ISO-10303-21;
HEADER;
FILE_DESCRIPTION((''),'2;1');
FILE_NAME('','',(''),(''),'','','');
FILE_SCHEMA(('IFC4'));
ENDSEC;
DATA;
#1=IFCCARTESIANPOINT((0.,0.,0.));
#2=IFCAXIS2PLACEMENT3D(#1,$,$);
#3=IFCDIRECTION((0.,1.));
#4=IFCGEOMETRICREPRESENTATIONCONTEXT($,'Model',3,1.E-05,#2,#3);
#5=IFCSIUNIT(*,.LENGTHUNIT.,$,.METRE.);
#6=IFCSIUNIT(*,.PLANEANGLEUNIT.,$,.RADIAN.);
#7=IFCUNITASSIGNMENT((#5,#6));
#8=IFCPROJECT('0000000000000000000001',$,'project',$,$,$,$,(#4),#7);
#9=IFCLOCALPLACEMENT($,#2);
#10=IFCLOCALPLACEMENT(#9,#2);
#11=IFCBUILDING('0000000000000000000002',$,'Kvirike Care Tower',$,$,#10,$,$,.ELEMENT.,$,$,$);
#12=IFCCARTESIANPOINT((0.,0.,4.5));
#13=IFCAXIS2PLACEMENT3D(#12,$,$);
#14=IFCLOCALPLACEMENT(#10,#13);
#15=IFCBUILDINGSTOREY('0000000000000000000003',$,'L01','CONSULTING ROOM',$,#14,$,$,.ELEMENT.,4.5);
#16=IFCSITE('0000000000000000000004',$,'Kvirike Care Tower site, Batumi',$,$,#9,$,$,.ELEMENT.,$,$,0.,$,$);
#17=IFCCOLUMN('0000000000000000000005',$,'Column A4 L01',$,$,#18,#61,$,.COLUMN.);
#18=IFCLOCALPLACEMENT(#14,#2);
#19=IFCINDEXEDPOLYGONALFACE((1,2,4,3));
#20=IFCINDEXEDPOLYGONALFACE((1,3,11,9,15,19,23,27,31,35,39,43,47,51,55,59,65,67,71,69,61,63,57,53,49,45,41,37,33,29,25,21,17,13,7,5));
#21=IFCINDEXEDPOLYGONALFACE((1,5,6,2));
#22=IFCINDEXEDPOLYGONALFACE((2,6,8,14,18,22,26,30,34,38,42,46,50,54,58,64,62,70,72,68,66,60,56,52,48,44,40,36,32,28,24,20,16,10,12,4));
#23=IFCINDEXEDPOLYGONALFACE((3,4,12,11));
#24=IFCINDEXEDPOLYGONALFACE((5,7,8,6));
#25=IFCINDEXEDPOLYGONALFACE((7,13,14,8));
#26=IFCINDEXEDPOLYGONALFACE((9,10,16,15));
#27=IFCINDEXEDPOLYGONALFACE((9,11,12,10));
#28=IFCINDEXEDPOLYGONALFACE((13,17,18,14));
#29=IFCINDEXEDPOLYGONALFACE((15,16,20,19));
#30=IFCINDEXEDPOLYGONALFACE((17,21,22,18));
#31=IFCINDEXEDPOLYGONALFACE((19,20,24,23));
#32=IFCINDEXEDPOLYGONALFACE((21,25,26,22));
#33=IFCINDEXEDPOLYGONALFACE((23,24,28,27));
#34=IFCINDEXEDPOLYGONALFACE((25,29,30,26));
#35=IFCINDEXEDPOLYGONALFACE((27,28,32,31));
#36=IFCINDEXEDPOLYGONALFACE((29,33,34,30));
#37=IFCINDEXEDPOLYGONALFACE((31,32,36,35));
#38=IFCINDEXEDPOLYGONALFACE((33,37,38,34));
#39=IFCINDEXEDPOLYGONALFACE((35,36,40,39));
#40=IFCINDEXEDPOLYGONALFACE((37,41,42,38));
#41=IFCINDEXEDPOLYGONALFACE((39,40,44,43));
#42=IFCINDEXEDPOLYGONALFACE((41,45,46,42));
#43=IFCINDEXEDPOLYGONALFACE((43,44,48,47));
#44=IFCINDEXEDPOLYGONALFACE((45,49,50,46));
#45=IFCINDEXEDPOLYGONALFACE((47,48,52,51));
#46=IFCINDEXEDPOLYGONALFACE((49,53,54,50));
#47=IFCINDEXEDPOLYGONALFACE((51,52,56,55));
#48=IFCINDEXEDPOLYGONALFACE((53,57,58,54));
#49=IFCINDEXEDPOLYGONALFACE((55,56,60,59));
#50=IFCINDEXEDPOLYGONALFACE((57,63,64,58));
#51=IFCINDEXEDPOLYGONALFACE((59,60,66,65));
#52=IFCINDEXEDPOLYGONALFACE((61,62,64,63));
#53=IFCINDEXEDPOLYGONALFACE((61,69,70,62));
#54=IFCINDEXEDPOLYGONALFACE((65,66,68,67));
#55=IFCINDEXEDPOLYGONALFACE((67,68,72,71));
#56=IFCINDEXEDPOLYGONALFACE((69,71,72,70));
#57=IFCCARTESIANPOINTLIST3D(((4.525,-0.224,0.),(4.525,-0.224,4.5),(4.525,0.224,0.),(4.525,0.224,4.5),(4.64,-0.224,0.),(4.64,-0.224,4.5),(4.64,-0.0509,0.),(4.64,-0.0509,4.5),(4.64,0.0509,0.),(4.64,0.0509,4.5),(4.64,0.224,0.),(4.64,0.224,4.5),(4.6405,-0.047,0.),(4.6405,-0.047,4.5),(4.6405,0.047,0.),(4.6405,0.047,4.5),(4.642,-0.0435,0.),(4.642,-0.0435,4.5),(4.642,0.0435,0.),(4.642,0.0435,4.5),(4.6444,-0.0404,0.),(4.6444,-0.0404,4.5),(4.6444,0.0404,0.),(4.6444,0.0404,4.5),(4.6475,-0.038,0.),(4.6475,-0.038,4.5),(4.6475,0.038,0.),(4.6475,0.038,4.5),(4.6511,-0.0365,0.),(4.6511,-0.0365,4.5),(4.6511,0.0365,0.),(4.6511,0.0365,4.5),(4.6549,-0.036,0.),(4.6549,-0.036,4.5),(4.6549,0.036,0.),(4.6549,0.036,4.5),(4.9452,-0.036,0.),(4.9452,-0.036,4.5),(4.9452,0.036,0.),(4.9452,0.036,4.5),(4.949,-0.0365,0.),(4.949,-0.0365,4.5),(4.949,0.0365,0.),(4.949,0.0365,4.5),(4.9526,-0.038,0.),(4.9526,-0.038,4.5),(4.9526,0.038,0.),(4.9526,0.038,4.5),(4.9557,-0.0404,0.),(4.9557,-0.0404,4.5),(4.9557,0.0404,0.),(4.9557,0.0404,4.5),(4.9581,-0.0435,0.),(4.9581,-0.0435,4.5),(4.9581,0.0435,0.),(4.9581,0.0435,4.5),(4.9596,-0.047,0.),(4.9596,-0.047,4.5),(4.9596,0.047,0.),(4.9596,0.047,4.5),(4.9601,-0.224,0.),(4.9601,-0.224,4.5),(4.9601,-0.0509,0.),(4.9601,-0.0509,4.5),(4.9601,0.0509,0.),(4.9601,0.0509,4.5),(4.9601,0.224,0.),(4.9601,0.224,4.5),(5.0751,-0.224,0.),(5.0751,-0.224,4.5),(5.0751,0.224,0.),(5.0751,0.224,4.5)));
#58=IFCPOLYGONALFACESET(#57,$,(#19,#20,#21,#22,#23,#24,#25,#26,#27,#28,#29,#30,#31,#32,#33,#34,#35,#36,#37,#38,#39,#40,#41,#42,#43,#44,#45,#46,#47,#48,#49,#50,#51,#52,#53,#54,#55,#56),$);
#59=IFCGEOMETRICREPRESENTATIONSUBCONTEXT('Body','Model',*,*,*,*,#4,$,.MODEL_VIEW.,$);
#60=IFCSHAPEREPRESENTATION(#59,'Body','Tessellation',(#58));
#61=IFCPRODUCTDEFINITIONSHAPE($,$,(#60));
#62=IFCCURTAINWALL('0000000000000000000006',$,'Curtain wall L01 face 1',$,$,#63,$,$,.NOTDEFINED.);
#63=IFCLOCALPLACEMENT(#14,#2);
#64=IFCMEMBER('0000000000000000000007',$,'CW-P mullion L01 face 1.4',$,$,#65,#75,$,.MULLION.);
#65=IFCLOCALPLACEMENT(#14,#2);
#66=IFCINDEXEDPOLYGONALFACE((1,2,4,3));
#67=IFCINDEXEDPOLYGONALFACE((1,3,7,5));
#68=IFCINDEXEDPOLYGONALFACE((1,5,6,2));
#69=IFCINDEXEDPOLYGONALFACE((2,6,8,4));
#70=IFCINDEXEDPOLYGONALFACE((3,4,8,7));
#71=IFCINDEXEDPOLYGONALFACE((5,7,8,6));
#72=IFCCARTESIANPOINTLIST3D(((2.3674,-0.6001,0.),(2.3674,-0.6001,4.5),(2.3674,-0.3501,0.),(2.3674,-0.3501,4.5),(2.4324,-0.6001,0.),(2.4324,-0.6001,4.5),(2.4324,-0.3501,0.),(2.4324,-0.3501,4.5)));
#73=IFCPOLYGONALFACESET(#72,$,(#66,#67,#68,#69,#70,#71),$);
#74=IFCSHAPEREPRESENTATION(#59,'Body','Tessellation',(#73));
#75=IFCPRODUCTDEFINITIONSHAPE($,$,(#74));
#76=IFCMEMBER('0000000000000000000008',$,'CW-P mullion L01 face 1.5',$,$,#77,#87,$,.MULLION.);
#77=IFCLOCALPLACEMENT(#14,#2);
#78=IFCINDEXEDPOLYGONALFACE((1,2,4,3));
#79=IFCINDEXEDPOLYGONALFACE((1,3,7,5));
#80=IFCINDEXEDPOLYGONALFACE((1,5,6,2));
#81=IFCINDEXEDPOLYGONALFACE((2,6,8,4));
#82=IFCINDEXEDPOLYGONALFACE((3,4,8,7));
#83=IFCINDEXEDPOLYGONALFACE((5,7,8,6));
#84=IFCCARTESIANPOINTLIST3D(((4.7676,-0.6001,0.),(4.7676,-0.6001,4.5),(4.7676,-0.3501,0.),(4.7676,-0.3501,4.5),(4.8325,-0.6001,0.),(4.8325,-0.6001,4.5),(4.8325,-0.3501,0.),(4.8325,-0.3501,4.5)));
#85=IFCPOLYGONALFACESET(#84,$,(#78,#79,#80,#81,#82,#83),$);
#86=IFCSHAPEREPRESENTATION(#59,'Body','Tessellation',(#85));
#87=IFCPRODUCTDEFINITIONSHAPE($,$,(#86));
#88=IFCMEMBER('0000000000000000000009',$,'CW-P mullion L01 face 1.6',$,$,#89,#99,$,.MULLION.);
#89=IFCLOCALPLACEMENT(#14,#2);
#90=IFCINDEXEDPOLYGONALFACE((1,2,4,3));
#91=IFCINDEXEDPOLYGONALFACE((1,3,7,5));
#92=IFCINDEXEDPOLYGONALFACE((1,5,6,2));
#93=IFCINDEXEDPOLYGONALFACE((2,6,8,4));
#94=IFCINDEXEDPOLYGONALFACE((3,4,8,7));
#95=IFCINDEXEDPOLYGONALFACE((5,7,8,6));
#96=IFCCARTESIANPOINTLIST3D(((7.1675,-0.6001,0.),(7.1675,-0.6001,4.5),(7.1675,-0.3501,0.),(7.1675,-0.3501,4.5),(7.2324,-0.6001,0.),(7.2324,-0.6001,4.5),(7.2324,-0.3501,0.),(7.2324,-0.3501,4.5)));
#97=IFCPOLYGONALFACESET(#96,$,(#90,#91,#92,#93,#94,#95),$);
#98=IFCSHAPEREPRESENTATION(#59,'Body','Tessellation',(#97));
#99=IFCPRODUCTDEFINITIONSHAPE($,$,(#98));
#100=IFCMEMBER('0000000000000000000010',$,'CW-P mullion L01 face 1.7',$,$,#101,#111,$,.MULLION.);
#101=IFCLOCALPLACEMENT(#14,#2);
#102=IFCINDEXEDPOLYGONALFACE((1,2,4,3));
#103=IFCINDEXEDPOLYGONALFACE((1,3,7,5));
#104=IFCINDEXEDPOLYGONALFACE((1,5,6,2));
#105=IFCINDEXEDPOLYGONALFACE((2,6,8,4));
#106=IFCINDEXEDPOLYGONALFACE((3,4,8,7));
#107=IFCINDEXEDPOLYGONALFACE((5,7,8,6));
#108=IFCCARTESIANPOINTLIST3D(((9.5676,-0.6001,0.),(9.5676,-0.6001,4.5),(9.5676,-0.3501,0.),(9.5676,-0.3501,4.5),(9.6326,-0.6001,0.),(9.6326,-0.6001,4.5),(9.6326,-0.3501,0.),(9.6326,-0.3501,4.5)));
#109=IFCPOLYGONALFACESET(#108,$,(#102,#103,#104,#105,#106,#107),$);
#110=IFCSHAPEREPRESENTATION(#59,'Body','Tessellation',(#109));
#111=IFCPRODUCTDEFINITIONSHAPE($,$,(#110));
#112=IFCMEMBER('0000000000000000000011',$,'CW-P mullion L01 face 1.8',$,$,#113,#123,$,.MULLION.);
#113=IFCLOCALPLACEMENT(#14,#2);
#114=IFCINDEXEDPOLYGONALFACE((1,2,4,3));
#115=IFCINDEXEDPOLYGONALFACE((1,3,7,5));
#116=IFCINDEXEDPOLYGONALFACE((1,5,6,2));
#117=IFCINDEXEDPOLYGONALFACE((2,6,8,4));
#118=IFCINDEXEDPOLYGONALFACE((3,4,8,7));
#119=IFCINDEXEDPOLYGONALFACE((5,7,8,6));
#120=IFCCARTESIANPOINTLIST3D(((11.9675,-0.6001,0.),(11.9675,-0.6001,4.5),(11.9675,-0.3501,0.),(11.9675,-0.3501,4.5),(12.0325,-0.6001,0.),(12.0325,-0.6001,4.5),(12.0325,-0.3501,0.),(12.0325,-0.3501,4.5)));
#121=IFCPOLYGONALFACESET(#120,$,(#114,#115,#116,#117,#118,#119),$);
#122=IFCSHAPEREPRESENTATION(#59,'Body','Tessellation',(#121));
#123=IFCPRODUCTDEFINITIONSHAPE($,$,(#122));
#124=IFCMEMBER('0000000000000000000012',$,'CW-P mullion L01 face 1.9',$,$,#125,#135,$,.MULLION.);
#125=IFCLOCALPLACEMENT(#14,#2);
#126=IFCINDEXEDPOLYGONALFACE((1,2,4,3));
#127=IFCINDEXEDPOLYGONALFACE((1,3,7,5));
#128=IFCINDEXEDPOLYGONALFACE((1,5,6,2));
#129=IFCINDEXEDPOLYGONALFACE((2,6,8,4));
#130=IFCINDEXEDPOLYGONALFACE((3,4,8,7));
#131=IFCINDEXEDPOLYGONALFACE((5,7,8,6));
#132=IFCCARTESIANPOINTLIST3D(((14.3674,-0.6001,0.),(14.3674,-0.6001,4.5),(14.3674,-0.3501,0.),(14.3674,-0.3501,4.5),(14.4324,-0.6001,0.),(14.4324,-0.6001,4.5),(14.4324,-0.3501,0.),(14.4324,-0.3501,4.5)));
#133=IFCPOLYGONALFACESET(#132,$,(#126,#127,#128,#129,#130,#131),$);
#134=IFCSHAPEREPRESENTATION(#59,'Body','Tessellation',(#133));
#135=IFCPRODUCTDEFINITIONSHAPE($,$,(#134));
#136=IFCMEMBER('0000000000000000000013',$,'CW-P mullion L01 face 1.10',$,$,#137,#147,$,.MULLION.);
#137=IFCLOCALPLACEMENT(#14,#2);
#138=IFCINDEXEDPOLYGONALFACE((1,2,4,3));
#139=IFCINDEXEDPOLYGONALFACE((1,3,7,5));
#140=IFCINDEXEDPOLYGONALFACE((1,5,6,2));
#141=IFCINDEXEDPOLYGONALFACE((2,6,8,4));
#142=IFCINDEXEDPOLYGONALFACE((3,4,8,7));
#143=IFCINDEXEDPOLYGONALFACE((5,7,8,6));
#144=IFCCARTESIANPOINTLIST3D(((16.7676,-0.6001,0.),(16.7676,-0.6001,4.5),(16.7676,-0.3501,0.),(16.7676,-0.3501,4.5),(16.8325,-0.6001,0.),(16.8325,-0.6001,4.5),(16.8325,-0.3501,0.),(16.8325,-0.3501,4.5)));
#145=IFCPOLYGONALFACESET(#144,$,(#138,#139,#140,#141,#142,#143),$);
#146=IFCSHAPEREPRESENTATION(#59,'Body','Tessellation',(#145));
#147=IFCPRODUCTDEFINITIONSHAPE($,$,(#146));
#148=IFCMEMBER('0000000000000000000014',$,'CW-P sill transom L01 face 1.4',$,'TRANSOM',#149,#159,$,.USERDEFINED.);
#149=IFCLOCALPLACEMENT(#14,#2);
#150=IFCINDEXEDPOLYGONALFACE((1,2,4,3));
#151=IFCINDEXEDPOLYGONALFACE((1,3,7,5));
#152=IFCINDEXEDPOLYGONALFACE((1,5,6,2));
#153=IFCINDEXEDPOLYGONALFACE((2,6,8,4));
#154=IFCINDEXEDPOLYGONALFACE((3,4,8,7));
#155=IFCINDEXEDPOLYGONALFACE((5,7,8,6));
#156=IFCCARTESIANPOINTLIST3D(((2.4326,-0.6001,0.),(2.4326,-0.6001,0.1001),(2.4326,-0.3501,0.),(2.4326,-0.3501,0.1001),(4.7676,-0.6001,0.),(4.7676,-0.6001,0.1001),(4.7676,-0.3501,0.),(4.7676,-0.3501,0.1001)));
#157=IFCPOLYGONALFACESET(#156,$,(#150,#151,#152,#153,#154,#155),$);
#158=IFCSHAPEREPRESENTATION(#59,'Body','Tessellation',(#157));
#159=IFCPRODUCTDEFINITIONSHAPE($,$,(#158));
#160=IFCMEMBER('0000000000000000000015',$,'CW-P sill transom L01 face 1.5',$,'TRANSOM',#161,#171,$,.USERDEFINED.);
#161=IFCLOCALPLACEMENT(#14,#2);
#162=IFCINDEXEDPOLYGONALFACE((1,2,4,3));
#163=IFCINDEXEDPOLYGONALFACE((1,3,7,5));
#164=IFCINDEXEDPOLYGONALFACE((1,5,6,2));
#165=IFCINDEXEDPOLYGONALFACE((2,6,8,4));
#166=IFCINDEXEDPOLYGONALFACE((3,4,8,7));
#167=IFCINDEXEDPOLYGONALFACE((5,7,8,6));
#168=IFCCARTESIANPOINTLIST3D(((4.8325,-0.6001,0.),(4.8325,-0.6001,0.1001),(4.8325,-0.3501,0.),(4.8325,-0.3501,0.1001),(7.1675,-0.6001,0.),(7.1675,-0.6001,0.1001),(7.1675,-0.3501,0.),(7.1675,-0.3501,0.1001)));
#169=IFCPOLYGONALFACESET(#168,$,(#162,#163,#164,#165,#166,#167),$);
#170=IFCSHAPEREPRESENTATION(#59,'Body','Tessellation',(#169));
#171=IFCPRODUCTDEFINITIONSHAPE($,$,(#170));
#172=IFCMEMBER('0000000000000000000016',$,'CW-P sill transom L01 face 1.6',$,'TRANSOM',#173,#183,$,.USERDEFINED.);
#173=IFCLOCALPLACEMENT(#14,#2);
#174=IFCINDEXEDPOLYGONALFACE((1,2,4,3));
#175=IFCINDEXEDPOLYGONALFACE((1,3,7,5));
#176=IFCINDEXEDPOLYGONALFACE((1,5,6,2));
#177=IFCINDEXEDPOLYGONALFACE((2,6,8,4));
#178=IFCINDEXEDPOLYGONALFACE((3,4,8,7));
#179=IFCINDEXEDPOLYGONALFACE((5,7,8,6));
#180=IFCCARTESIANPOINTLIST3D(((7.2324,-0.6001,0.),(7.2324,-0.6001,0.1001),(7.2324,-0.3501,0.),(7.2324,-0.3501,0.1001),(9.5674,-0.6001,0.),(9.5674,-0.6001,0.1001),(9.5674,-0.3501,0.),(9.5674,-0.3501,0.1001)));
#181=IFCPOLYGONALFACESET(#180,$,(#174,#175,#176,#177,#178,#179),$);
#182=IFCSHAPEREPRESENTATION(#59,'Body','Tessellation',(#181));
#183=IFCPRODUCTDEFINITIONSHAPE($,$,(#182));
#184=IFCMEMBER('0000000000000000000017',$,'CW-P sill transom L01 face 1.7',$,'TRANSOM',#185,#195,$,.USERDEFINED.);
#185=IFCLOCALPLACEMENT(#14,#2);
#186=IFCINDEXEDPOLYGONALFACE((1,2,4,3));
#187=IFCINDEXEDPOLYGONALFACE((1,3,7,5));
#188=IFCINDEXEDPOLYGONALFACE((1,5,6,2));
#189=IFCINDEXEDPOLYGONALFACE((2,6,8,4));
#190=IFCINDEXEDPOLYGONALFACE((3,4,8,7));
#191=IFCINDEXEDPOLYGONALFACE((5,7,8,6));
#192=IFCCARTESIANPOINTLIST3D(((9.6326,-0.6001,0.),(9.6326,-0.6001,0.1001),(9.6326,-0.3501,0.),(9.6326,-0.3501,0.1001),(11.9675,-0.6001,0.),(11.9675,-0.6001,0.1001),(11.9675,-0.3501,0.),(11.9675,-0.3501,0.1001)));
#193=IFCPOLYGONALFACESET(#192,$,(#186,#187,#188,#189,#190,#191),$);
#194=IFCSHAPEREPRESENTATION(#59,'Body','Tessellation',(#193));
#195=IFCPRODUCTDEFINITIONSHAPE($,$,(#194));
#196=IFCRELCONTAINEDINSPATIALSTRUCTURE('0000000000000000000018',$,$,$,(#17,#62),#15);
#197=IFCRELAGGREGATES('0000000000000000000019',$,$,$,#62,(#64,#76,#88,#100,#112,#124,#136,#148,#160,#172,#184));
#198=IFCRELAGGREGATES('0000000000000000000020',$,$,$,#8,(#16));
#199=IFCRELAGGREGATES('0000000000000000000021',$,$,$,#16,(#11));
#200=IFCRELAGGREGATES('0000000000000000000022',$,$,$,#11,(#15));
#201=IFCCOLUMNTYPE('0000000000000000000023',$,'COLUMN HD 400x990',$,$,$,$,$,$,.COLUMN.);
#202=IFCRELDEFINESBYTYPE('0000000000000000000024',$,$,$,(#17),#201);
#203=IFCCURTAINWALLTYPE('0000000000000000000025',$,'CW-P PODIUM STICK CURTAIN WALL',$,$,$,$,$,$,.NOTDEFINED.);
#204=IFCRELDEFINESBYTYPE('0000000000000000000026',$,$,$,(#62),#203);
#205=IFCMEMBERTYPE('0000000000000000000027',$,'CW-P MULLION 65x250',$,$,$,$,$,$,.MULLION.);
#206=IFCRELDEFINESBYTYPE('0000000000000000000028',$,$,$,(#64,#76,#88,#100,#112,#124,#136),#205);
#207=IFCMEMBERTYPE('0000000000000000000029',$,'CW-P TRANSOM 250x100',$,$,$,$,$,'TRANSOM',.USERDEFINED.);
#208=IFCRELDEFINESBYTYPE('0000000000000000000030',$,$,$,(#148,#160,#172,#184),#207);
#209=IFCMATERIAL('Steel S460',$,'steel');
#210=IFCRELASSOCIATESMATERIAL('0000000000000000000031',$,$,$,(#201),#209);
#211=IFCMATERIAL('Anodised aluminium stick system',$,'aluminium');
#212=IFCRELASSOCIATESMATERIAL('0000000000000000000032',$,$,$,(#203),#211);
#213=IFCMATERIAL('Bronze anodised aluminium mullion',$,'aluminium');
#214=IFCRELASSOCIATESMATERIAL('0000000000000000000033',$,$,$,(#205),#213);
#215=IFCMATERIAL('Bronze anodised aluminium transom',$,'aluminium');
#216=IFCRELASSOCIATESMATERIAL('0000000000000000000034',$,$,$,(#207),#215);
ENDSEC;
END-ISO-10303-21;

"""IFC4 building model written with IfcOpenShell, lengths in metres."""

from ifc_helpers import new_model, si_unit, direction, frame, origin, origin_2d, place, context, subcontext, project, spatial, rectangle, i_section, extrude, material, material_profile, profile_set, type_object, element, aggregate, save


model = new_model("IFC4")

# Units and contexts
model_context = context("Model", 3, precision=1e-05, world=origin(), true_north=direction((0.0, 1.0)))
body_context = subcontext(model_context, "Body", "Model", "MODEL_VIEW")
ifc_project = project(units=[si_unit("LENGTHUNIT", "METRE"), si_unit("PLANEANGLEUNIT", "RADIAN")], contexts=[model_context])

# Site, building, storey
site_placement = place(None, origin())
site = spatial("IfcSite", under=ifc_project, at=site_placement, Name="Kvirike Care Tower site, Batumi", CompositionType="ELEMENT", RefElevation=0.0)
building_placement = place(site_placement, origin())
building = spatial("IfcBuilding", under=site, at=building_placement, Name="Kvirike Care Tower", CompositionType="ELEMENT")
storey_placement = place(building_placement, frame((0.0, 0.0, 4.5)))
storey = spatial("IfcBuildingStorey", under=building, at=storey_placement, Name="L01", Description="CONSULTING ROOM", CompositionType="ELEMENT", Elevation=4.5)

# Column
ifc_material_1 = material(Name="Steel S460", Category="steel")
ifc_material_profile_1 = material_profile(ifc_material_1, i_section(OverallWidth=0.448, OverallDepth=0.55, WebThickness=0.072, FlangeThickness=0.115, FilletRadius=0.0149, at=origin_2d()), Name="HD 400x990")
ifc_profile_set_1 = profile_set([ifc_material_profile_1], Name="Steel S460")
column_type = type_object("IfcColumnType", Name="COLUMN HD 400x990", PredefinedType="COLUMN", material=ifc_profile_set_1)
column_placement = place(storey_placement, frame((4.8, 0.0, 0.0), z_axis=(0.0, 0.0, 1.0), x_axis=(0.0, 1.0, 0.0)))
element("IfcColumn", 1, at=column_placement, inside=storey, type_object=column_type, Name="Column A4 L01", PredefinedType="COLUMN", context=body_context, shape_type="SweptSolid", body=[
    extrude(i_section(OverallWidth=0.448, OverallDepth=0.55, WebThickness=0.072, FlangeThickness=0.115, FilletRadius=0.0149, at=origin_2d()), origin(), (0.0, 0.0, 1.0), 4.5),
])

# Curtain wall, members
ifc_material_2 = material(Name="Anodised aluminium stick system", Category="aluminium")
curtain_wall_type = type_object("IfcCurtainWallType", Name="CW-P PODIUM STICK CURTAIN WALL", PredefinedType="NOTDEFINED", material=ifc_material_2)
curtain_wall_placement = place(storey_placement, origin())
curtain_wall = element("IfcCurtainWall", 2, at=curtain_wall_placement, inside=storey, type_object=curtain_wall_type, Name="Curtain wall L01 face 1", PredefinedType="NOTDEFINED")
ifc_material_3 = material(Name="Bronze anodised aluminium mullion", Category="aluminium")
ifc_material_profile_2 = material_profile(ifc_material_3, rectangle(XDim=0.0649, YDim=0.25, at=origin_2d()), Name="CW-P MULLION 65x250")
ifc_profile_set_2 = profile_set([ifc_material_profile_2], Name="Bronze anodised aluminium mullion")
member_type_1 = type_object("IfcMemberType", Name="CW-P MULLION 65x250", PredefinedType="MULLION", material=ifc_profile_set_2)
member_1_placement = place(storey_placement, frame((2.3999, -0.4751, 0.0), z_axis=(0.0, 0.0, 1.0), x_axis=(1.0, 0.0, 0.0)))
member_1 = element("IfcMember", 3, at=member_1_placement, type_object=member_type_1, Name="CW-P mullion L01 face 1.4", PredefinedType="MULLION", context=body_context, shape_type="SweptSolid", body=[
    extrude(rectangle(XDim=0.0649, YDim=0.25, at=origin_2d()), origin(), (0.0, 0.0, 1.0), 4.5),
])
member_2_placement = place(storey_placement, frame((4.8, -0.4751, 0.0), z_axis=(0.0, 0.0, 1.0), x_axis=(1.0, 0.0, 0.0)))
member_2 = element("IfcMember", 4, at=member_2_placement, type_object=member_type_1, Name="CW-P mullion L01 face 1.5", PredefinedType="MULLION", context=body_context, shape_type="SweptSolid", body=[
    extrude(rectangle(XDim=0.0649, YDim=0.25, at=origin_2d()), origin(), (0.0, 0.0, 1.0), 4.5),
])
member_3_placement = place(storey_placement, frame((7.2, -0.4751, 0.0), z_axis=(0.0, 0.0, 1.0), x_axis=(1.0, 0.0, 0.0)))
member_3 = element("IfcMember", 5, at=member_3_placement, type_object=member_type_1, Name="CW-P mullion L01 face 1.6", PredefinedType="MULLION", context=body_context, shape_type="SweptSolid", body=[
    extrude(rectangle(XDim=0.0649, YDim=0.25, at=origin_2d()), origin(), (0.0, 0.0, 1.0), 4.5),
])
member_4_placement = place(storey_placement, frame((9.6001, -0.4751, 0.0), z_axis=(0.0, 0.0, 1.0), x_axis=(1.0, 0.0, 0.0)))
member_4 = element("IfcMember", 6, at=member_4_placement, type_object=member_type_1, Name="CW-P mullion L01 face 1.7", PredefinedType="MULLION", context=body_context, shape_type="SweptSolid", body=[
    extrude(rectangle(XDim=0.0649, YDim=0.25, at=origin_2d()), origin(), (0.0, 0.0, 1.0), 4.5),
])
member_5_placement = place(storey_placement, frame((12.0, -0.4751, 0.0), z_axis=(0.0, 0.0, 1.0), x_axis=(1.0, 0.0, 0.0)))
member_5 = element("IfcMember", 7, at=member_5_placement, type_object=member_type_1, Name="CW-P mullion L01 face 1.8", PredefinedType="MULLION", context=body_context, shape_type="SweptSolid", body=[
    extrude(rectangle(XDim=0.0649, YDim=0.25, at=origin_2d()), origin(), (0.0, 0.0, 1.0), 4.5),
])
member_6_placement = place(storey_placement, frame((14.3999, -0.4751, 0.0), z_axis=(0.0, 0.0, 1.0), x_axis=(1.0, 0.0, 0.0)))
member_6 = element("IfcMember", 8, at=member_6_placement, type_object=member_type_1, Name="CW-P mullion L01 face 1.9", PredefinedType="MULLION", context=body_context, shape_type="SweptSolid", body=[
    extrude(rectangle(XDim=0.0649, YDim=0.25, at=origin_2d()), origin(), (0.0, 0.0, 1.0), 4.5),
])
member_7_placement = place(storey_placement, frame((16.8, -0.4751, 0.0), z_axis=(0.0, 0.0, 1.0), x_axis=(1.0, 0.0, 0.0)))
member_7 = element("IfcMember", 9, at=member_7_placement, type_object=member_type_1, Name="CW-P mullion L01 face 1.10", PredefinedType="MULLION", context=body_context, shape_type="SweptSolid", body=[
    extrude(rectangle(XDim=0.0649, YDim=0.25, at=origin_2d()), origin(), (0.0, 0.0, 1.0), 4.5),
])
ifc_material_4 = material(Name="Bronze anodised aluminium transom", Category="aluminium")
ifc_material_profile_3 = material_profile(ifc_material_4, rectangle(XDim=0.25, YDim=0.1001, at=origin_2d()), Name="CW-P TRANSOM 250x100")
ifc_profile_set_3 = profile_set([ifc_material_profile_3], Name="Bronze anodised aluminium transom")
member_type_2 = type_object("IfcMemberType", Name="CW-P TRANSOM 250x100", ElementType="TRANSOM", PredefinedType="USERDEFINED", material=ifc_profile_set_3)
member_8_placement = place(storey_placement, frame((2.4326, -0.4751, 0.05), z_axis=(1.0, 0.0, 0.0), x_axis=(0.0, 1.0, 0.0)))
member_8 = element("IfcMember", 10, at=member_8_placement, type_object=member_type_2, Name="CW-P sill transom L01 face 1.4", ObjectType="TRANSOM", PredefinedType="USERDEFINED", context=body_context, shape_type="SweptSolid", body=[
    extrude(rectangle(XDim=0.25, YDim=0.1001, at=origin_2d()), origin(), (0.0, 0.0, 1.0), 2.335),
])
member_9_placement = place(storey_placement, frame((4.8325, -0.4751, 0.05), z_axis=(1.0, 0.0, 0.0), x_axis=(0.0, 1.0, 0.0)))
member_9 = element("IfcMember", 11, at=member_9_placement, type_object=member_type_2, Name="CW-P sill transom L01 face 1.5", ObjectType="TRANSOM", PredefinedType="USERDEFINED", context=body_context, shape_type="SweptSolid", body=[
    extrude(rectangle(XDim=0.25, YDim=0.1001, at=origin_2d()), origin(), (0.0, 0.0, 1.0), 2.335),
])
member_10_placement = place(storey_placement, frame((7.2324, -0.4751, 0.05), z_axis=(1.0, 0.0, 0.0), x_axis=(0.0, 1.0, 0.0)))
member_10 = element("IfcMember", 12, at=member_10_placement, type_object=member_type_2, Name="CW-P sill transom L01 face 1.6", ObjectType="TRANSOM", PredefinedType="USERDEFINED", context=body_context, shape_type="SweptSolid", body=[
    extrude(rectangle(XDim=0.25, YDim=0.1001, at=origin_2d()), origin(), (0.0, 0.0, 1.0), 2.335),
])
member_11_placement = place(storey_placement, frame((9.6326, -0.4751, 0.05), z_axis=(1.0, 0.0, 0.0), x_axis=(0.0, 1.0, 0.0)))
member_11 = element("IfcMember", 13, at=member_11_placement, type_object=member_type_2, Name="CW-P sill transom L01 face 1.7", ObjectType="TRANSOM", PredefinedType="USERDEFINED", context=body_context, shape_type="SweptSolid", body=[
    extrude(rectangle(XDim=0.25, YDim=0.1001, at=origin_2d()), origin(), (0.0, 0.0, 1.0), 2.335),
])

aggregate(curtain_wall, [member_1, member_2, member_3, member_4, member_5, member_6, member_7, member_8, member_9, member_10, member_11])

save(model, "model.ifc")
